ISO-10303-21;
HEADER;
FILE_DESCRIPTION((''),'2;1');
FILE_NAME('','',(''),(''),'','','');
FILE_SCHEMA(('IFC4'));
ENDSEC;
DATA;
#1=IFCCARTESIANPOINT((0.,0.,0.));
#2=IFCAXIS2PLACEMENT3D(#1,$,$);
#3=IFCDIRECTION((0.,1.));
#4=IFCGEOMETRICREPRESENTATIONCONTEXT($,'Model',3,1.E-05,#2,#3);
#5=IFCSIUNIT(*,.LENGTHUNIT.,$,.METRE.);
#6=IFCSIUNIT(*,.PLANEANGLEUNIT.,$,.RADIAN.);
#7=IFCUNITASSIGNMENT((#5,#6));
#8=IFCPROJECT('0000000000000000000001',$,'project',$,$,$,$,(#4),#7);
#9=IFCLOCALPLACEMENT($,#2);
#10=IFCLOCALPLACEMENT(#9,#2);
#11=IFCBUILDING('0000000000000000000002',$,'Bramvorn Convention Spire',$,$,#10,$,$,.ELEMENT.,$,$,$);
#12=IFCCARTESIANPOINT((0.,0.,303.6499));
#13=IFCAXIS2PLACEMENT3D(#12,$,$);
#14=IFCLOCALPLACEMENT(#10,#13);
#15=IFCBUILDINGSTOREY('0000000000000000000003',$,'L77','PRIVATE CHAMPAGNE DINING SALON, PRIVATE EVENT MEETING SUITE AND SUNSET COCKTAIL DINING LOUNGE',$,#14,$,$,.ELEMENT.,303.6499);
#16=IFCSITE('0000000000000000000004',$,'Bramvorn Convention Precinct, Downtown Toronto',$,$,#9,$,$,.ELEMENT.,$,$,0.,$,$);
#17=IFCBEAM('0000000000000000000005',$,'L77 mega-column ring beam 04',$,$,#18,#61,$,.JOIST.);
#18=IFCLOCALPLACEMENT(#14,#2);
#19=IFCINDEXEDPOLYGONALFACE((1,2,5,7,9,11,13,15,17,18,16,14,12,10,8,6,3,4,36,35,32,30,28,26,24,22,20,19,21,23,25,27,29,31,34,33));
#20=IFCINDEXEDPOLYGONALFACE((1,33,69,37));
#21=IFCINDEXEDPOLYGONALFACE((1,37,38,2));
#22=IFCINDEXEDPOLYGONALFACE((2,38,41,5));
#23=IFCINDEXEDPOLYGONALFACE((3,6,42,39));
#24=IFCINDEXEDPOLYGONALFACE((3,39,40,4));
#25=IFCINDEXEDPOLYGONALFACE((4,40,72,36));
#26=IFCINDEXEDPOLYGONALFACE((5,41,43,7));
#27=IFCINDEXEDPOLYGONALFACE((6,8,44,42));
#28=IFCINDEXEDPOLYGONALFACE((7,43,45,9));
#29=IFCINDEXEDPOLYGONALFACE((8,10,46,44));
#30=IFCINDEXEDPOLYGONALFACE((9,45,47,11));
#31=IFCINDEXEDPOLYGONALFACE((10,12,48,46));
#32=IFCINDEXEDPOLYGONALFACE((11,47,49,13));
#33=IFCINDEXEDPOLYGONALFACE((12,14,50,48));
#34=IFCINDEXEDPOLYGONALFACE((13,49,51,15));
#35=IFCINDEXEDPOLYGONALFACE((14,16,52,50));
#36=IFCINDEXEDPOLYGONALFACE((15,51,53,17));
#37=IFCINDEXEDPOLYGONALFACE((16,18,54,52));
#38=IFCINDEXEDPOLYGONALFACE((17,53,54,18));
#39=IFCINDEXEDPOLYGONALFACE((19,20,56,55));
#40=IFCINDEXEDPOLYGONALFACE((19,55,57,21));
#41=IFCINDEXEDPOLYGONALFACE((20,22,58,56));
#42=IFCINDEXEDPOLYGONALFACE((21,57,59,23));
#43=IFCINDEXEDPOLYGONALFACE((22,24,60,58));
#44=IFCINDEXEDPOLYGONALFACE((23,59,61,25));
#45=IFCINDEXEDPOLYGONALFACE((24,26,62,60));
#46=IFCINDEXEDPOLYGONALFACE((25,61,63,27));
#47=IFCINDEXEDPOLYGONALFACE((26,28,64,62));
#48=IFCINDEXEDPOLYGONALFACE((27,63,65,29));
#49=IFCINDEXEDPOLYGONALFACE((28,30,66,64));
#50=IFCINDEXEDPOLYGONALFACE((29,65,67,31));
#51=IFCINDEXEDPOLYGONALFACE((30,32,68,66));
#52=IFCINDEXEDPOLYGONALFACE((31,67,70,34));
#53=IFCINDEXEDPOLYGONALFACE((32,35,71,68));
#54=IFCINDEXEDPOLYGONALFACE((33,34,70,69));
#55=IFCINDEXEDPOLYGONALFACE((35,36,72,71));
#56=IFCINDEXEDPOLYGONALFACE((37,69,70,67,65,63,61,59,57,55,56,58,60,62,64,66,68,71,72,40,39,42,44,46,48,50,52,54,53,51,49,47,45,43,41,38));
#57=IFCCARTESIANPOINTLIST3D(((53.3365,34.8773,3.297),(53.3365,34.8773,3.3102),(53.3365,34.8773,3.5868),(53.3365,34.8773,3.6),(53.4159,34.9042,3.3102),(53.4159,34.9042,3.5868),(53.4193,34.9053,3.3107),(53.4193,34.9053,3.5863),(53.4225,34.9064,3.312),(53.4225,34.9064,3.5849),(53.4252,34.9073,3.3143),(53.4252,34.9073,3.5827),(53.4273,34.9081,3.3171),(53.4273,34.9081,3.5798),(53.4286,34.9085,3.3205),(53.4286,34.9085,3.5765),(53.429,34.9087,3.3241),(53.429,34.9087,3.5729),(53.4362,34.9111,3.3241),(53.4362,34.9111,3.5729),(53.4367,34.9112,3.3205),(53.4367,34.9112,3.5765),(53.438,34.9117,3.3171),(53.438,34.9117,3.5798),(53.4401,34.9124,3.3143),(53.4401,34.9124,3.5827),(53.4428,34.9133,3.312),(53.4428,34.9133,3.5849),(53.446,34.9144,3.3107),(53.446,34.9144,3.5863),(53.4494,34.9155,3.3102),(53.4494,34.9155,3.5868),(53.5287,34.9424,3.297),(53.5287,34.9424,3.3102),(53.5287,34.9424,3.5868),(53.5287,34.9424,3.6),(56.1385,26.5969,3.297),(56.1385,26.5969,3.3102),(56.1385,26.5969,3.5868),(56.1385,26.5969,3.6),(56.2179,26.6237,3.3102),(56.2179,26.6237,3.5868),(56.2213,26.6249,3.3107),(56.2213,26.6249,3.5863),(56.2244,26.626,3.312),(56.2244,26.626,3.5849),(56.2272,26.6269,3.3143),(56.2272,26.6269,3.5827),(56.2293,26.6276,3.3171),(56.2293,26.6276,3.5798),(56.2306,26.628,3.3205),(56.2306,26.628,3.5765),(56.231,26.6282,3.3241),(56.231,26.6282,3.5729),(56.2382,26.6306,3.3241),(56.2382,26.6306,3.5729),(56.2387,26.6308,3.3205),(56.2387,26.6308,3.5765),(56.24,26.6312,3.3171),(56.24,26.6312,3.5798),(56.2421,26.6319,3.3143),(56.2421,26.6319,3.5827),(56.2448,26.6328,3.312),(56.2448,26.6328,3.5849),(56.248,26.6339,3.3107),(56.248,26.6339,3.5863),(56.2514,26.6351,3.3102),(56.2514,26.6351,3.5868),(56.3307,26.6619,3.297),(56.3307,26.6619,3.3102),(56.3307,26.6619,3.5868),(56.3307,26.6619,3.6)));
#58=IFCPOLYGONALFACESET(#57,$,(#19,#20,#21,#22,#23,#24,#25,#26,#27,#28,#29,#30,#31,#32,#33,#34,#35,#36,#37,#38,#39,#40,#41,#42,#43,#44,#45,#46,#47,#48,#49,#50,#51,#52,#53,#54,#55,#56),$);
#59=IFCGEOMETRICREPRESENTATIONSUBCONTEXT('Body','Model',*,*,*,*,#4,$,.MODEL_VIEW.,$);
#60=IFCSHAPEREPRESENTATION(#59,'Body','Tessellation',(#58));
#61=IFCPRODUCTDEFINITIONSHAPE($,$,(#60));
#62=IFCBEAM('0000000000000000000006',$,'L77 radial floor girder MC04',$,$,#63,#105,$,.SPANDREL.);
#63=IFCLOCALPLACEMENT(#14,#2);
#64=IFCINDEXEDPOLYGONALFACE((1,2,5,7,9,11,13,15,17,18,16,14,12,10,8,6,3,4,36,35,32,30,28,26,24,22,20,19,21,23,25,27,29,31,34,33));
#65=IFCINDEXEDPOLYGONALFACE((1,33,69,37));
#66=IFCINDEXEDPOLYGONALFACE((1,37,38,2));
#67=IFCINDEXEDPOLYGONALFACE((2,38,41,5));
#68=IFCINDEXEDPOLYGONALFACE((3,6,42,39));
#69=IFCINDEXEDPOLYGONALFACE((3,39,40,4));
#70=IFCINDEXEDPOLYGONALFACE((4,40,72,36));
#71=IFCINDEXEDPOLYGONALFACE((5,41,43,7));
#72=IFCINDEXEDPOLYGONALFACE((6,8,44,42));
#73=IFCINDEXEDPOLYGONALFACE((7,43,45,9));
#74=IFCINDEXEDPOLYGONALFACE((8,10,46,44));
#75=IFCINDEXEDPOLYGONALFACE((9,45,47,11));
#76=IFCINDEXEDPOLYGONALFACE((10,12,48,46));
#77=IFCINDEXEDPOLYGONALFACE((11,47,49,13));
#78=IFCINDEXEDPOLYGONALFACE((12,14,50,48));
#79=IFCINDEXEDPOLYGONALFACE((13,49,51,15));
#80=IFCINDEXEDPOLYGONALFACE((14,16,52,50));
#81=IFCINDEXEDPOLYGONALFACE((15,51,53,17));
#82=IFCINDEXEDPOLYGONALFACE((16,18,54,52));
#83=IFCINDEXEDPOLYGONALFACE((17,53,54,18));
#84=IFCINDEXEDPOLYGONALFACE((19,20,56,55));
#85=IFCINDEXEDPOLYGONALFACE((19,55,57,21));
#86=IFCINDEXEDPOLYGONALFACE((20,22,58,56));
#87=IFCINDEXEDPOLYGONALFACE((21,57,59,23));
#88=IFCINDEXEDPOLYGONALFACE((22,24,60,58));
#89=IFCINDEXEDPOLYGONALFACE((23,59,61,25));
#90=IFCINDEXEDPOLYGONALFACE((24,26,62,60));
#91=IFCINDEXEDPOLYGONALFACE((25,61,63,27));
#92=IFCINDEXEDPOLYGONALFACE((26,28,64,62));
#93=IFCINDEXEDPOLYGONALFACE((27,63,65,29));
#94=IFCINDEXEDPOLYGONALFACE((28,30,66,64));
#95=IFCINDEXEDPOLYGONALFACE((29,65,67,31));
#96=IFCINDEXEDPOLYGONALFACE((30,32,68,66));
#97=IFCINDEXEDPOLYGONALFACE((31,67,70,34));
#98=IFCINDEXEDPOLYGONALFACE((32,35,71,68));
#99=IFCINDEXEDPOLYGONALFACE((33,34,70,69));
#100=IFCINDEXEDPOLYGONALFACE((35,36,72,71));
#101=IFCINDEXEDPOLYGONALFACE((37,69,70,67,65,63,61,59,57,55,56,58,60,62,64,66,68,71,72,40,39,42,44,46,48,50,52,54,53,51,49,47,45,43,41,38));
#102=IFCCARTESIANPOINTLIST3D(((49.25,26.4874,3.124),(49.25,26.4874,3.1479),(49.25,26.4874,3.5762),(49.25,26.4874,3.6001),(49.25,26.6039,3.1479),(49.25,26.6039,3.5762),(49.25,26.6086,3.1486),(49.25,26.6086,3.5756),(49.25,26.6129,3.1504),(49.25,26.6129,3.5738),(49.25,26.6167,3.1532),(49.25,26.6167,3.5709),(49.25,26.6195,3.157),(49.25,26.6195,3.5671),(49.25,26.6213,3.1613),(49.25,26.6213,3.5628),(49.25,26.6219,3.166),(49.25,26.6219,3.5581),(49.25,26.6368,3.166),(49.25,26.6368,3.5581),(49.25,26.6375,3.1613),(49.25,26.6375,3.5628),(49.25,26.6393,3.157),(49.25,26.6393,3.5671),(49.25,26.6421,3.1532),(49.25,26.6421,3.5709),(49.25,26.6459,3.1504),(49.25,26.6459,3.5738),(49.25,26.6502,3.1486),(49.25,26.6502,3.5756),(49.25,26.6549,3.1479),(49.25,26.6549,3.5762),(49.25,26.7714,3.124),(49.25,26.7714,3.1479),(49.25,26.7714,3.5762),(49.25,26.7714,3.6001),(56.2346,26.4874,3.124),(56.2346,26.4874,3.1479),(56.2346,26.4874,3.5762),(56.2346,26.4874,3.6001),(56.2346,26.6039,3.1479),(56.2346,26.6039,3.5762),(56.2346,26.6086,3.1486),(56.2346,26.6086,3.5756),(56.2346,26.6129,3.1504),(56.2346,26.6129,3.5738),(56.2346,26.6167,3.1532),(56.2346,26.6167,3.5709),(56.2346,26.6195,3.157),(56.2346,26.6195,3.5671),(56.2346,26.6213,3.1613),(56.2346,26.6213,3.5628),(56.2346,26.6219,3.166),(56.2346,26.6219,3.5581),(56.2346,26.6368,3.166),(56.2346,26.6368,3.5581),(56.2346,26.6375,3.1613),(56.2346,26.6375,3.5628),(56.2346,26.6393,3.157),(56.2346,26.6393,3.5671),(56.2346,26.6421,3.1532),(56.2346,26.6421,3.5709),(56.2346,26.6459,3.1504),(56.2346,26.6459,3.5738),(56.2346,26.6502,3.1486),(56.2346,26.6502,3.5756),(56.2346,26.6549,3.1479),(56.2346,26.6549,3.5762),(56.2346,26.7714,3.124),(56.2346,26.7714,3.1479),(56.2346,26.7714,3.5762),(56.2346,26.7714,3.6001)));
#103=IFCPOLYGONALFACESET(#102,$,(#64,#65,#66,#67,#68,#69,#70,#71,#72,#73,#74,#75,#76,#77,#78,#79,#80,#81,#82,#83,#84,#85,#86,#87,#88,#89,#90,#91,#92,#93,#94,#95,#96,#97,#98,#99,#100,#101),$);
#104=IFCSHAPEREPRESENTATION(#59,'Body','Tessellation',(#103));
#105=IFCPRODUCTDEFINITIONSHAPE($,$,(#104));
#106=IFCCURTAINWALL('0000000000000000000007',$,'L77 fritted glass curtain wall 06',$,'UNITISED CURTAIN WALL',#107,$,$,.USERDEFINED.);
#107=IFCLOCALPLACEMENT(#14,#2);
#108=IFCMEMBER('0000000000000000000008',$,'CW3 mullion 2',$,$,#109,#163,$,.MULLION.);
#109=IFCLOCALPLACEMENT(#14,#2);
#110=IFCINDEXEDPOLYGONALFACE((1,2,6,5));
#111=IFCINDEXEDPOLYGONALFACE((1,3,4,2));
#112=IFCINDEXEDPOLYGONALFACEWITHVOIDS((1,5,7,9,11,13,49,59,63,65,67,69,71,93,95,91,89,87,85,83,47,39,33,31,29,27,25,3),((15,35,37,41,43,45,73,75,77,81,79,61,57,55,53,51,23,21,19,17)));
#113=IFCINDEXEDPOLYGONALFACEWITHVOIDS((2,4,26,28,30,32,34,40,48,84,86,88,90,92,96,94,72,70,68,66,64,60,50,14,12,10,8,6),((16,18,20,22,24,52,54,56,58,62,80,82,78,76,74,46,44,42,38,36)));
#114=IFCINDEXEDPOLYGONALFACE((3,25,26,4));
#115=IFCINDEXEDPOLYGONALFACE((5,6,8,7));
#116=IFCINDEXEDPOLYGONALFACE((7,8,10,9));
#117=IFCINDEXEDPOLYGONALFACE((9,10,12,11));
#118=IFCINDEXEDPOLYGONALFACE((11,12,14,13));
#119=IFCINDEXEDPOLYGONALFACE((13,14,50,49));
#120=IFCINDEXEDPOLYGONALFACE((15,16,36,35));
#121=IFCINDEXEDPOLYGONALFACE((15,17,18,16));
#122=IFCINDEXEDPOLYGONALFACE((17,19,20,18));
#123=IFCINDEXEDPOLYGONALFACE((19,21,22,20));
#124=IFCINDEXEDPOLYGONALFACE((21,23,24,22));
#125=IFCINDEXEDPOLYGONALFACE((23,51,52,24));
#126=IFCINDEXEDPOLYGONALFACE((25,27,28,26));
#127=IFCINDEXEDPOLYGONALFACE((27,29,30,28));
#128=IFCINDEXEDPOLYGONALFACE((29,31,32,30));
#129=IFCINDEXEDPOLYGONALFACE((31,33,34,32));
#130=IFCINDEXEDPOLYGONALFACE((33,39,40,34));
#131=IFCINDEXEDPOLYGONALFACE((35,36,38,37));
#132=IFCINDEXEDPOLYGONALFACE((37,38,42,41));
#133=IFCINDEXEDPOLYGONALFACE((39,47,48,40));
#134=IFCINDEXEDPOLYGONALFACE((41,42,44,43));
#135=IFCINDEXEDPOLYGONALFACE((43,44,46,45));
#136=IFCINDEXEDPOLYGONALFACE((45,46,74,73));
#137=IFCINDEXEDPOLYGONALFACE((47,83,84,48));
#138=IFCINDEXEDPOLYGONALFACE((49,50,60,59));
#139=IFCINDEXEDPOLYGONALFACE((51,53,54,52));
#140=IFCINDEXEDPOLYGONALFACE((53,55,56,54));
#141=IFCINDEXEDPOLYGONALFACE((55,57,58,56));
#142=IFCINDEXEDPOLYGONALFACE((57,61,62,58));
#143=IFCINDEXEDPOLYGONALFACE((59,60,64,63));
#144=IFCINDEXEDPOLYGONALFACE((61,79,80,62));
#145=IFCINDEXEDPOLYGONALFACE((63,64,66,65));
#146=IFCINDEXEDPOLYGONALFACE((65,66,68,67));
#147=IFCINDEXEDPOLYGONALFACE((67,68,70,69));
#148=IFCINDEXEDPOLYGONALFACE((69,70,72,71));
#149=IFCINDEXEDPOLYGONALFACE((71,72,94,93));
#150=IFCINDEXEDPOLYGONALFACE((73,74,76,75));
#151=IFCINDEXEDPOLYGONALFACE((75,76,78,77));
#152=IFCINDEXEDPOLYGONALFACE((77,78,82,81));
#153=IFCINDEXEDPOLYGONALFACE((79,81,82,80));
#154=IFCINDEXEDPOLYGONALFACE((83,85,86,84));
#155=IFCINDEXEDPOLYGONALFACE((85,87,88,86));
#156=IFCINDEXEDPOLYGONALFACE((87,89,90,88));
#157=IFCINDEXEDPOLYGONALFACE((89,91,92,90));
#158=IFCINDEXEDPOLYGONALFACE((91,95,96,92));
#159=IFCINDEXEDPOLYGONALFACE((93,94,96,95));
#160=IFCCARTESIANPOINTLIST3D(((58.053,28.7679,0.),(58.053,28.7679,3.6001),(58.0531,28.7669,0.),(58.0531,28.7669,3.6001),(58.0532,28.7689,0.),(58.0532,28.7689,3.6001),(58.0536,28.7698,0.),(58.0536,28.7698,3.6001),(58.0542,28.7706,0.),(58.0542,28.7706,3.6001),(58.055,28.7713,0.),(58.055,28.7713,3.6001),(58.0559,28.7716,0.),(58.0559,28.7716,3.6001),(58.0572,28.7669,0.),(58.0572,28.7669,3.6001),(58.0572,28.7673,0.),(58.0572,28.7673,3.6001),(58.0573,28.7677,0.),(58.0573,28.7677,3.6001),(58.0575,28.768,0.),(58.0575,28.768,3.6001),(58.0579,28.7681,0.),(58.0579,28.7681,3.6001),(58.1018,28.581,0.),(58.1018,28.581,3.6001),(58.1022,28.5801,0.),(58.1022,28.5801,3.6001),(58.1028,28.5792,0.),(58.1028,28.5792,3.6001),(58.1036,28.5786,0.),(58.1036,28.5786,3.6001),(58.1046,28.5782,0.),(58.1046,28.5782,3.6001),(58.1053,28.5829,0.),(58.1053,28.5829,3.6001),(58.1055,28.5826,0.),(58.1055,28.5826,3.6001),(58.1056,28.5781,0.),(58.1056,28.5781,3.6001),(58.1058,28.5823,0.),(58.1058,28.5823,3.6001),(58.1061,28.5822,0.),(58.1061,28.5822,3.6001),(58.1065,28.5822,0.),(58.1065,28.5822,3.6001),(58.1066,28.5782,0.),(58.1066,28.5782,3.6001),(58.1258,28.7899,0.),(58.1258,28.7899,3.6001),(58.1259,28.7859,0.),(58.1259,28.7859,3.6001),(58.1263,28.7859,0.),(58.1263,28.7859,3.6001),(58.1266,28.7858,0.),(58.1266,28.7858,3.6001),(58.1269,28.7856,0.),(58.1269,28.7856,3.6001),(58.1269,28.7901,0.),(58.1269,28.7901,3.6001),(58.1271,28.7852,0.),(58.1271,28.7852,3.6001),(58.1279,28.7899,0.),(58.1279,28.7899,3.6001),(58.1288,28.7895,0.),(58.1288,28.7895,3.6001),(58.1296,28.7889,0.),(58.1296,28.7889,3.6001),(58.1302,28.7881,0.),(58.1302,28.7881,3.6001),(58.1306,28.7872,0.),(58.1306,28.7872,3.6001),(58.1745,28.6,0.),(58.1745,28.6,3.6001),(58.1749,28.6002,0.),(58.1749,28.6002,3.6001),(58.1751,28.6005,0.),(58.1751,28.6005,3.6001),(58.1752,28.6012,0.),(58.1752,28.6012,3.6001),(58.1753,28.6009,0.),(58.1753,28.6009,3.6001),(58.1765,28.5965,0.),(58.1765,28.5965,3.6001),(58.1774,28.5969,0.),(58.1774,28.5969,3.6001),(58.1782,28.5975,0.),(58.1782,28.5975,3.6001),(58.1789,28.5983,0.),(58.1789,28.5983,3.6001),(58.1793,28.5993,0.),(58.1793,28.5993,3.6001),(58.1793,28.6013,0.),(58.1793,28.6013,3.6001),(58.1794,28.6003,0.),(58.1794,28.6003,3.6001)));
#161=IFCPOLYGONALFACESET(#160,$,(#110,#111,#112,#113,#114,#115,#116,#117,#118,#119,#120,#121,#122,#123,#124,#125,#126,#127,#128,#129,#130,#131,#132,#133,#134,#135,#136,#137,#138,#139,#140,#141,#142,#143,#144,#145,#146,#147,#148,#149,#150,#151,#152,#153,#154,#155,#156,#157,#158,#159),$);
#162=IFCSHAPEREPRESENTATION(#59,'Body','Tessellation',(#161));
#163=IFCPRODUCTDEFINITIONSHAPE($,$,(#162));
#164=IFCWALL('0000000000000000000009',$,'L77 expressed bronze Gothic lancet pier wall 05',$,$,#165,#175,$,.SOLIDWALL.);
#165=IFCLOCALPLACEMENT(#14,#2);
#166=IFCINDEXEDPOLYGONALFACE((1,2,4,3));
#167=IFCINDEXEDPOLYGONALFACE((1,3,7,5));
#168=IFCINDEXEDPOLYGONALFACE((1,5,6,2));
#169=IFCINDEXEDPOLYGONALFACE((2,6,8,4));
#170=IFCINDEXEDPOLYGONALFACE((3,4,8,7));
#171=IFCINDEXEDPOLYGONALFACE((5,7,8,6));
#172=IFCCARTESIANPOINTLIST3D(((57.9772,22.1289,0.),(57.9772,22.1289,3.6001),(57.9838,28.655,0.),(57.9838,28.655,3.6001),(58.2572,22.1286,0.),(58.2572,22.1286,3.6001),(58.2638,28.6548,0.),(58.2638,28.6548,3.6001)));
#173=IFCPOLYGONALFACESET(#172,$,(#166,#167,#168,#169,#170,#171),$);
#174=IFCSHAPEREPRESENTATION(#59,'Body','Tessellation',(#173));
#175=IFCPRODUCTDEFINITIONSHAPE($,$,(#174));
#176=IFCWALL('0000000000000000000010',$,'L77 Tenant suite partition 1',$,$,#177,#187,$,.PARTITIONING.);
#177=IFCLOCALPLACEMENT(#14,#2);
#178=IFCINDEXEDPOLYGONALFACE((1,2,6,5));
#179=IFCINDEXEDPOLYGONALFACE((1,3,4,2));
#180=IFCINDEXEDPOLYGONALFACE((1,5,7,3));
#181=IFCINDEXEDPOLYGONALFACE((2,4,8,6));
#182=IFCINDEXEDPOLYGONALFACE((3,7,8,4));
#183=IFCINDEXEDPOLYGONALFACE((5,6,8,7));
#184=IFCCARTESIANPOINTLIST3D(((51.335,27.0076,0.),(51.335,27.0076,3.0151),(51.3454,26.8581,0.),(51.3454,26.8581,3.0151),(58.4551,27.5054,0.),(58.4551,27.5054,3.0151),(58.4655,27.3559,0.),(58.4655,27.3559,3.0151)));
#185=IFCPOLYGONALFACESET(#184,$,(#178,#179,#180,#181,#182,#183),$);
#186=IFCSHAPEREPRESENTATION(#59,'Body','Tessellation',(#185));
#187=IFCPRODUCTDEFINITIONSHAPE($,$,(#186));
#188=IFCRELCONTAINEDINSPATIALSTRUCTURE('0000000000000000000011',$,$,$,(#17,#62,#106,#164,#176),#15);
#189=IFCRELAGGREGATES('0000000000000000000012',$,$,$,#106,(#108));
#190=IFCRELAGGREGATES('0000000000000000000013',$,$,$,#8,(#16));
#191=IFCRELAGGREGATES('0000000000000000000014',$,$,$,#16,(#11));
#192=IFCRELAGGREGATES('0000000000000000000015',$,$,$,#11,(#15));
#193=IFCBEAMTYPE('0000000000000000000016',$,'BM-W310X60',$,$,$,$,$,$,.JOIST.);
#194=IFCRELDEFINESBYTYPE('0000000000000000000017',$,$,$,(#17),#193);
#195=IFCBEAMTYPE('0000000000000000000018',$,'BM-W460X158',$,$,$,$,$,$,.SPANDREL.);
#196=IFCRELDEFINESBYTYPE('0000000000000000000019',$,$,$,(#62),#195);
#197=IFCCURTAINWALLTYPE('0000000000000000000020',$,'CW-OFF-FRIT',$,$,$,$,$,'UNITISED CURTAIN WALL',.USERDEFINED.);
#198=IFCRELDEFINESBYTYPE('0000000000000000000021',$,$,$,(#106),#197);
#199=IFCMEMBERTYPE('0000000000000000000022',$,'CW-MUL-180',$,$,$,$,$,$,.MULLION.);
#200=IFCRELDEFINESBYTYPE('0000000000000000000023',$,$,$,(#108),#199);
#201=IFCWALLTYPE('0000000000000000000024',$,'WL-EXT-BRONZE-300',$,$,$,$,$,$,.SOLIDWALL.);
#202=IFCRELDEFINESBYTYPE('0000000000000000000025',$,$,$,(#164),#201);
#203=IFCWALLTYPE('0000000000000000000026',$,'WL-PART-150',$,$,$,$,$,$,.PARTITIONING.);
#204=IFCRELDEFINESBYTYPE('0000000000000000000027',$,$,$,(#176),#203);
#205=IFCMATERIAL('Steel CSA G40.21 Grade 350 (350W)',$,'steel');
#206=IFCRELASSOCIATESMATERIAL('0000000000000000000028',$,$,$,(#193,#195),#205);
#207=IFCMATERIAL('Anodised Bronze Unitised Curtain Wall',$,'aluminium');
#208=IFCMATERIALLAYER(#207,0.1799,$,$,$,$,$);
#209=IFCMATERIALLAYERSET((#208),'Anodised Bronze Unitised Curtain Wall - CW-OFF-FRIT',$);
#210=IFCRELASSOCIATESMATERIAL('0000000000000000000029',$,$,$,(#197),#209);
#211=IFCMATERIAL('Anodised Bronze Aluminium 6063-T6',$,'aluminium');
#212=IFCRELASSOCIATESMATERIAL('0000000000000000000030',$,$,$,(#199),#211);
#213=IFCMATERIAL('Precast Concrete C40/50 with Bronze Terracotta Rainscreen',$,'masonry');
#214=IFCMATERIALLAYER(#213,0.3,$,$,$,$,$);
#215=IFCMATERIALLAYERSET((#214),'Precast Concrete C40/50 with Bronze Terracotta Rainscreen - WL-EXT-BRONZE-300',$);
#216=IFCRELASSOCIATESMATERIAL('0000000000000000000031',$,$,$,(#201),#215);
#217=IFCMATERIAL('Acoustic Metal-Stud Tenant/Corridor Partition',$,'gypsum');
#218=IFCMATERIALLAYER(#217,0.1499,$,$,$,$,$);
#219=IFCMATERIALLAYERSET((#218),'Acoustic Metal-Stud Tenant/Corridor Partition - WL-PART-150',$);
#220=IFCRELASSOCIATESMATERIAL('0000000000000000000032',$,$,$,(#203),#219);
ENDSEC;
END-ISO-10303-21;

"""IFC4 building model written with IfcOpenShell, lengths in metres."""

from ifc_helpers import new_model, si_unit, direction, frame, frame_2d, origin, origin_2d, place, context, subcontext, project, spatial, rectangle, hollow_rectangle, i_section, extrude, material, layer, layer_set, material_profile, profile_set, type_object, element, aggregate, save


model = new_model("IFC4")

# Units and contexts
model_context = context("Model", 3, precision=1e-05, world=origin(), true_north=direction((0.0, 1.0)))
body_context = subcontext(model_context, "Body", "Model", "MODEL_VIEW")
ifc_project = project(units=[si_unit("LENGTHUNIT", "METRE"), si_unit("PLANEANGLEUNIT", "RADIAN")], contexts=[model_context])

# Site, building, storey
site_placement = place(None, origin())
site = spatial("IfcSite", under=ifc_project, at=site_placement, Name="Bramvorn Convention Precinct, Downtown Toronto", CompositionType="ELEMENT", RefElevation=0.0)
building_placement = place(site_placement, origin())
building = spatial("IfcBuilding", under=site, at=building_placement, Name="Bramvorn Convention Spire", CompositionType="ELEMENT")
storey_placement = place(building_placement, frame((0.0, 0.0, 303.6499)))
storey = spatial("IfcBuildingStorey", under=building, at=storey_placement, Name="L77", Description="PRIVATE CHAMPAGNE DINING SALON, PRIVATE EVENT MEETING SUITE AND SUNSET COCKTAIL DINING LOUNGE", CompositionType="ELEMENT", Elevation=303.6499)

# Shared definitions
ifc_material_1 = material(Name="Steel CSA G40.21 Grade 350 (350W)", Category="steel")

# Beams
ifc_material_profile_1 = material_profile(ifc_material_1, i_section(OverallWidth=0.2029, OverallDepth=0.303, WebThickness=0.0076, FlangeThickness=0.0132, FilletRadius=0.0139, at=origin_2d()))
ifc_profile_set_1 = profile_set([ifc_material_profile_1], Name="Steel CSA G40.21 Grade 350 (350W) - W310X60")
beam_type_1 = type_object("IfcBeamType", Name="BM-W310X60", PredefinedType="JOIST", material=ifc_profile_set_1)
beam_1_placement = place(storey_placement, frame((56.2346, 26.6294, 3.4485), z_axis=(-0.320531, 0.947238, 0.0), x_axis=(-0.947238, -0.320531, 0.0)))
element("IfcBeam", 1, at=beam_1_placement, inside=storey, type_object=beam_type_1, Name="L77 mega-column ring beam 04", PredefinedType="JOIST", context=body_context, shape_type="SweptSolid", body=[
    extrude(i_section(OverallWidth=0.2029, OverallDepth=0.303, WebThickness=0.0076, FlangeThickness=0.0132, FilletRadius=0.0139, at=origin_2d()), origin(), (0.0, 0.0, 1.0), 8.7417),
])
ifc_material_profile_2 = material_profile(ifc_material_1, i_section(OverallWidth=0.2839, OverallDepth=0.4761, WebThickness=0.0149, FlangeThickness=0.0239, FilletRadius=0.0181, at=origin_2d()))
ifc_profile_set_2 = profile_set([ifc_material_profile_2], Name="Steel CSA G40.21 Grade 350 (350W) - W460X158")
beam_type_2 = type_object("IfcBeamType", Name="BM-W460X158", PredefinedType="SPANDREL", material=ifc_profile_set_2)
beam_2_placement = place(storey_placement, frame((49.25, 26.6294, 3.3621), z_axis=(1.0, 0.0, 0.0), x_axis=(0.0, 1.0, 0.0)))
element("IfcBeam", 2, at=beam_2_placement, inside=storey, type_object=beam_type_2, Name="L77 radial floor girder MC04", PredefinedType="SPANDREL", context=body_context, shape_type="SweptSolid", body=[
    extrude(i_section(OverallWidth=0.2839, OverallDepth=0.4761, WebThickness=0.0149, FlangeThickness=0.0239, FilletRadius=0.0181, at=origin_2d()), origin(), (0.0, 0.0, 1.0), 6.9846),
])

# Curtain wall, member
ifc_material_2 = material(Name="Anodised Bronze Unitised Curtain Wall", Category="aluminium")
ifc_layer_1 = layer(ifc_material_2, 0.1799)
ifc_layer_set_1 = layer_set([ifc_layer_1], Name="Anodised Bronze Unitised Curtain Wall - CW-OFF-FRIT")
curtain_wall_type = type_object("IfcCurtainWallType", Name="CW-OFF-FRIT", ElementType="UNITISED CURTAIN WALL", PredefinedType="USERDEFINED", material=ifc_layer_set_1)
curtain_wall_placement = place(storey_placement, origin())
curtain_wall = element("IfcCurtainWall", 3, at=curtain_wall_placement, inside=storey, type_object=curtain_wall_type, Name="L77 fritted glass curtain wall 06", ObjectType="UNITISED CURTAIN WALL", PredefinedType="USERDEFINED")
ifc_material_3 = material(Name="Anodised Bronze Aluminium 6063-T6", Category="aluminium")
ifc_material_profile_3 = material_profile(ifc_material_3, hollow_rectangle(XDim=0.0801, YDim=0.2, WallThickness=0.0039, InnerFilletRadius=0.001, OuterFilletRadius=0.0039, at=origin_2d()))
ifc_profile_set_3 = profile_set([ifc_material_profile_3], Name="Anodised Bronze Aluminium 6063-T6 - CWM80X200")
member_type = type_object("IfcMemberType", Name="CW-MUL-180", PredefinedType="MULLION", material=ifc_profile_set_3)
member_placement = place(storey_placement, frame((58.1162, 28.6841, 0.0), z_axis=(0.0, 0.0, 1.0), x_axis=(0.967407, 0.253228, 0.0)))
member = element("IfcMember", 4, at=member_placement, type_object=member_type, Name="CW3 mullion 2", PredefinedType="MULLION", context=body_context, shape_type="SweptSolid", body=[
    extrude(hollow_rectangle(XDim=0.0801, YDim=0.2, WallThickness=0.0039, InnerFilletRadius=0.001, OuterFilletRadius=0.0039, at=origin_2d()), origin(), (0.0, 0.0, 1.0), 3.6001),
])
aggregate(curtain_wall, [member])

# Walls
ifc_material_4 = material(Name="Precast Concrete C40/50 with Bronze Terracotta Rainscreen", Category="masonry")
ifc_layer_2 = layer(ifc_material_4, 0.3)
ifc_layer_set_2 = layer_set([ifc_layer_2], Name="Precast Concrete C40/50 with Bronze Terracotta Rainscreen - WL-EXT-BRONZE-300")
wall_type_1 = type_object("IfcWallType", Name="WL-EXT-BRONZE-300", PredefinedType="SOLIDWALL", material=ifc_layer_set_2)
wall_1_placement = place(storey_placement, frame((58.1238, 28.655, 0.0), z_axis=(0.0, 0.0, 1.0), x_axis=(-0.00101, -0.999999, 0.0)))
element("IfcWall", 5, at=wall_1_placement, inside=storey, type_object=wall_type_1, Name="L77 expressed bronze Gothic lancet pier wall 05", PredefinedType="SOLIDWALL", context=body_context, shape_type="SweptSolid", body=[
    extrude(rectangle(XDim=6.5261, YDim=0.28, at=frame_2d((3.2632, 0.0))), origin(), (0.0, 0.0, 1.0), 3.6001),
])
ifc_material_5 = material(Name="Acoustic Metal-Stud Tenant/Corridor Partition", Category="gypsum")
ifc_layer_3 = layer(ifc_material_5, 0.1499)
ifc_layer_set_3 = layer_set([ifc_layer_3], Name="Acoustic Metal-Stud Tenant/Corridor Partition - WL-PART-150")
wall_type_2 = type_object("IfcWallType", Name="WL-PART-150", PredefinedType="PARTITIONING", material=ifc_layer_set_3)
wall_2_placement = place(storey_placement, frame((51.3401, 26.9329, 0.0), z_axis=(0.0, 0.0, 1.0), x_axis=(0.997565, 0.069745, 0.0)))
element("IfcWall", 6, at=wall_2_placement, inside=storey, type_object=wall_type_2, Name="L77 Tenant suite partition 1", PredefinedType="PARTITIONING", context=body_context, shape_type="SweptSolid", body=[
    extrude(rectangle(XDim=7.1375, YDim=0.1499, at=frame_2d((3.5688, 0.0))), origin(), (0.0, 0.0, 1.0), 3.0151),
])

save(model, "model.ifc")
